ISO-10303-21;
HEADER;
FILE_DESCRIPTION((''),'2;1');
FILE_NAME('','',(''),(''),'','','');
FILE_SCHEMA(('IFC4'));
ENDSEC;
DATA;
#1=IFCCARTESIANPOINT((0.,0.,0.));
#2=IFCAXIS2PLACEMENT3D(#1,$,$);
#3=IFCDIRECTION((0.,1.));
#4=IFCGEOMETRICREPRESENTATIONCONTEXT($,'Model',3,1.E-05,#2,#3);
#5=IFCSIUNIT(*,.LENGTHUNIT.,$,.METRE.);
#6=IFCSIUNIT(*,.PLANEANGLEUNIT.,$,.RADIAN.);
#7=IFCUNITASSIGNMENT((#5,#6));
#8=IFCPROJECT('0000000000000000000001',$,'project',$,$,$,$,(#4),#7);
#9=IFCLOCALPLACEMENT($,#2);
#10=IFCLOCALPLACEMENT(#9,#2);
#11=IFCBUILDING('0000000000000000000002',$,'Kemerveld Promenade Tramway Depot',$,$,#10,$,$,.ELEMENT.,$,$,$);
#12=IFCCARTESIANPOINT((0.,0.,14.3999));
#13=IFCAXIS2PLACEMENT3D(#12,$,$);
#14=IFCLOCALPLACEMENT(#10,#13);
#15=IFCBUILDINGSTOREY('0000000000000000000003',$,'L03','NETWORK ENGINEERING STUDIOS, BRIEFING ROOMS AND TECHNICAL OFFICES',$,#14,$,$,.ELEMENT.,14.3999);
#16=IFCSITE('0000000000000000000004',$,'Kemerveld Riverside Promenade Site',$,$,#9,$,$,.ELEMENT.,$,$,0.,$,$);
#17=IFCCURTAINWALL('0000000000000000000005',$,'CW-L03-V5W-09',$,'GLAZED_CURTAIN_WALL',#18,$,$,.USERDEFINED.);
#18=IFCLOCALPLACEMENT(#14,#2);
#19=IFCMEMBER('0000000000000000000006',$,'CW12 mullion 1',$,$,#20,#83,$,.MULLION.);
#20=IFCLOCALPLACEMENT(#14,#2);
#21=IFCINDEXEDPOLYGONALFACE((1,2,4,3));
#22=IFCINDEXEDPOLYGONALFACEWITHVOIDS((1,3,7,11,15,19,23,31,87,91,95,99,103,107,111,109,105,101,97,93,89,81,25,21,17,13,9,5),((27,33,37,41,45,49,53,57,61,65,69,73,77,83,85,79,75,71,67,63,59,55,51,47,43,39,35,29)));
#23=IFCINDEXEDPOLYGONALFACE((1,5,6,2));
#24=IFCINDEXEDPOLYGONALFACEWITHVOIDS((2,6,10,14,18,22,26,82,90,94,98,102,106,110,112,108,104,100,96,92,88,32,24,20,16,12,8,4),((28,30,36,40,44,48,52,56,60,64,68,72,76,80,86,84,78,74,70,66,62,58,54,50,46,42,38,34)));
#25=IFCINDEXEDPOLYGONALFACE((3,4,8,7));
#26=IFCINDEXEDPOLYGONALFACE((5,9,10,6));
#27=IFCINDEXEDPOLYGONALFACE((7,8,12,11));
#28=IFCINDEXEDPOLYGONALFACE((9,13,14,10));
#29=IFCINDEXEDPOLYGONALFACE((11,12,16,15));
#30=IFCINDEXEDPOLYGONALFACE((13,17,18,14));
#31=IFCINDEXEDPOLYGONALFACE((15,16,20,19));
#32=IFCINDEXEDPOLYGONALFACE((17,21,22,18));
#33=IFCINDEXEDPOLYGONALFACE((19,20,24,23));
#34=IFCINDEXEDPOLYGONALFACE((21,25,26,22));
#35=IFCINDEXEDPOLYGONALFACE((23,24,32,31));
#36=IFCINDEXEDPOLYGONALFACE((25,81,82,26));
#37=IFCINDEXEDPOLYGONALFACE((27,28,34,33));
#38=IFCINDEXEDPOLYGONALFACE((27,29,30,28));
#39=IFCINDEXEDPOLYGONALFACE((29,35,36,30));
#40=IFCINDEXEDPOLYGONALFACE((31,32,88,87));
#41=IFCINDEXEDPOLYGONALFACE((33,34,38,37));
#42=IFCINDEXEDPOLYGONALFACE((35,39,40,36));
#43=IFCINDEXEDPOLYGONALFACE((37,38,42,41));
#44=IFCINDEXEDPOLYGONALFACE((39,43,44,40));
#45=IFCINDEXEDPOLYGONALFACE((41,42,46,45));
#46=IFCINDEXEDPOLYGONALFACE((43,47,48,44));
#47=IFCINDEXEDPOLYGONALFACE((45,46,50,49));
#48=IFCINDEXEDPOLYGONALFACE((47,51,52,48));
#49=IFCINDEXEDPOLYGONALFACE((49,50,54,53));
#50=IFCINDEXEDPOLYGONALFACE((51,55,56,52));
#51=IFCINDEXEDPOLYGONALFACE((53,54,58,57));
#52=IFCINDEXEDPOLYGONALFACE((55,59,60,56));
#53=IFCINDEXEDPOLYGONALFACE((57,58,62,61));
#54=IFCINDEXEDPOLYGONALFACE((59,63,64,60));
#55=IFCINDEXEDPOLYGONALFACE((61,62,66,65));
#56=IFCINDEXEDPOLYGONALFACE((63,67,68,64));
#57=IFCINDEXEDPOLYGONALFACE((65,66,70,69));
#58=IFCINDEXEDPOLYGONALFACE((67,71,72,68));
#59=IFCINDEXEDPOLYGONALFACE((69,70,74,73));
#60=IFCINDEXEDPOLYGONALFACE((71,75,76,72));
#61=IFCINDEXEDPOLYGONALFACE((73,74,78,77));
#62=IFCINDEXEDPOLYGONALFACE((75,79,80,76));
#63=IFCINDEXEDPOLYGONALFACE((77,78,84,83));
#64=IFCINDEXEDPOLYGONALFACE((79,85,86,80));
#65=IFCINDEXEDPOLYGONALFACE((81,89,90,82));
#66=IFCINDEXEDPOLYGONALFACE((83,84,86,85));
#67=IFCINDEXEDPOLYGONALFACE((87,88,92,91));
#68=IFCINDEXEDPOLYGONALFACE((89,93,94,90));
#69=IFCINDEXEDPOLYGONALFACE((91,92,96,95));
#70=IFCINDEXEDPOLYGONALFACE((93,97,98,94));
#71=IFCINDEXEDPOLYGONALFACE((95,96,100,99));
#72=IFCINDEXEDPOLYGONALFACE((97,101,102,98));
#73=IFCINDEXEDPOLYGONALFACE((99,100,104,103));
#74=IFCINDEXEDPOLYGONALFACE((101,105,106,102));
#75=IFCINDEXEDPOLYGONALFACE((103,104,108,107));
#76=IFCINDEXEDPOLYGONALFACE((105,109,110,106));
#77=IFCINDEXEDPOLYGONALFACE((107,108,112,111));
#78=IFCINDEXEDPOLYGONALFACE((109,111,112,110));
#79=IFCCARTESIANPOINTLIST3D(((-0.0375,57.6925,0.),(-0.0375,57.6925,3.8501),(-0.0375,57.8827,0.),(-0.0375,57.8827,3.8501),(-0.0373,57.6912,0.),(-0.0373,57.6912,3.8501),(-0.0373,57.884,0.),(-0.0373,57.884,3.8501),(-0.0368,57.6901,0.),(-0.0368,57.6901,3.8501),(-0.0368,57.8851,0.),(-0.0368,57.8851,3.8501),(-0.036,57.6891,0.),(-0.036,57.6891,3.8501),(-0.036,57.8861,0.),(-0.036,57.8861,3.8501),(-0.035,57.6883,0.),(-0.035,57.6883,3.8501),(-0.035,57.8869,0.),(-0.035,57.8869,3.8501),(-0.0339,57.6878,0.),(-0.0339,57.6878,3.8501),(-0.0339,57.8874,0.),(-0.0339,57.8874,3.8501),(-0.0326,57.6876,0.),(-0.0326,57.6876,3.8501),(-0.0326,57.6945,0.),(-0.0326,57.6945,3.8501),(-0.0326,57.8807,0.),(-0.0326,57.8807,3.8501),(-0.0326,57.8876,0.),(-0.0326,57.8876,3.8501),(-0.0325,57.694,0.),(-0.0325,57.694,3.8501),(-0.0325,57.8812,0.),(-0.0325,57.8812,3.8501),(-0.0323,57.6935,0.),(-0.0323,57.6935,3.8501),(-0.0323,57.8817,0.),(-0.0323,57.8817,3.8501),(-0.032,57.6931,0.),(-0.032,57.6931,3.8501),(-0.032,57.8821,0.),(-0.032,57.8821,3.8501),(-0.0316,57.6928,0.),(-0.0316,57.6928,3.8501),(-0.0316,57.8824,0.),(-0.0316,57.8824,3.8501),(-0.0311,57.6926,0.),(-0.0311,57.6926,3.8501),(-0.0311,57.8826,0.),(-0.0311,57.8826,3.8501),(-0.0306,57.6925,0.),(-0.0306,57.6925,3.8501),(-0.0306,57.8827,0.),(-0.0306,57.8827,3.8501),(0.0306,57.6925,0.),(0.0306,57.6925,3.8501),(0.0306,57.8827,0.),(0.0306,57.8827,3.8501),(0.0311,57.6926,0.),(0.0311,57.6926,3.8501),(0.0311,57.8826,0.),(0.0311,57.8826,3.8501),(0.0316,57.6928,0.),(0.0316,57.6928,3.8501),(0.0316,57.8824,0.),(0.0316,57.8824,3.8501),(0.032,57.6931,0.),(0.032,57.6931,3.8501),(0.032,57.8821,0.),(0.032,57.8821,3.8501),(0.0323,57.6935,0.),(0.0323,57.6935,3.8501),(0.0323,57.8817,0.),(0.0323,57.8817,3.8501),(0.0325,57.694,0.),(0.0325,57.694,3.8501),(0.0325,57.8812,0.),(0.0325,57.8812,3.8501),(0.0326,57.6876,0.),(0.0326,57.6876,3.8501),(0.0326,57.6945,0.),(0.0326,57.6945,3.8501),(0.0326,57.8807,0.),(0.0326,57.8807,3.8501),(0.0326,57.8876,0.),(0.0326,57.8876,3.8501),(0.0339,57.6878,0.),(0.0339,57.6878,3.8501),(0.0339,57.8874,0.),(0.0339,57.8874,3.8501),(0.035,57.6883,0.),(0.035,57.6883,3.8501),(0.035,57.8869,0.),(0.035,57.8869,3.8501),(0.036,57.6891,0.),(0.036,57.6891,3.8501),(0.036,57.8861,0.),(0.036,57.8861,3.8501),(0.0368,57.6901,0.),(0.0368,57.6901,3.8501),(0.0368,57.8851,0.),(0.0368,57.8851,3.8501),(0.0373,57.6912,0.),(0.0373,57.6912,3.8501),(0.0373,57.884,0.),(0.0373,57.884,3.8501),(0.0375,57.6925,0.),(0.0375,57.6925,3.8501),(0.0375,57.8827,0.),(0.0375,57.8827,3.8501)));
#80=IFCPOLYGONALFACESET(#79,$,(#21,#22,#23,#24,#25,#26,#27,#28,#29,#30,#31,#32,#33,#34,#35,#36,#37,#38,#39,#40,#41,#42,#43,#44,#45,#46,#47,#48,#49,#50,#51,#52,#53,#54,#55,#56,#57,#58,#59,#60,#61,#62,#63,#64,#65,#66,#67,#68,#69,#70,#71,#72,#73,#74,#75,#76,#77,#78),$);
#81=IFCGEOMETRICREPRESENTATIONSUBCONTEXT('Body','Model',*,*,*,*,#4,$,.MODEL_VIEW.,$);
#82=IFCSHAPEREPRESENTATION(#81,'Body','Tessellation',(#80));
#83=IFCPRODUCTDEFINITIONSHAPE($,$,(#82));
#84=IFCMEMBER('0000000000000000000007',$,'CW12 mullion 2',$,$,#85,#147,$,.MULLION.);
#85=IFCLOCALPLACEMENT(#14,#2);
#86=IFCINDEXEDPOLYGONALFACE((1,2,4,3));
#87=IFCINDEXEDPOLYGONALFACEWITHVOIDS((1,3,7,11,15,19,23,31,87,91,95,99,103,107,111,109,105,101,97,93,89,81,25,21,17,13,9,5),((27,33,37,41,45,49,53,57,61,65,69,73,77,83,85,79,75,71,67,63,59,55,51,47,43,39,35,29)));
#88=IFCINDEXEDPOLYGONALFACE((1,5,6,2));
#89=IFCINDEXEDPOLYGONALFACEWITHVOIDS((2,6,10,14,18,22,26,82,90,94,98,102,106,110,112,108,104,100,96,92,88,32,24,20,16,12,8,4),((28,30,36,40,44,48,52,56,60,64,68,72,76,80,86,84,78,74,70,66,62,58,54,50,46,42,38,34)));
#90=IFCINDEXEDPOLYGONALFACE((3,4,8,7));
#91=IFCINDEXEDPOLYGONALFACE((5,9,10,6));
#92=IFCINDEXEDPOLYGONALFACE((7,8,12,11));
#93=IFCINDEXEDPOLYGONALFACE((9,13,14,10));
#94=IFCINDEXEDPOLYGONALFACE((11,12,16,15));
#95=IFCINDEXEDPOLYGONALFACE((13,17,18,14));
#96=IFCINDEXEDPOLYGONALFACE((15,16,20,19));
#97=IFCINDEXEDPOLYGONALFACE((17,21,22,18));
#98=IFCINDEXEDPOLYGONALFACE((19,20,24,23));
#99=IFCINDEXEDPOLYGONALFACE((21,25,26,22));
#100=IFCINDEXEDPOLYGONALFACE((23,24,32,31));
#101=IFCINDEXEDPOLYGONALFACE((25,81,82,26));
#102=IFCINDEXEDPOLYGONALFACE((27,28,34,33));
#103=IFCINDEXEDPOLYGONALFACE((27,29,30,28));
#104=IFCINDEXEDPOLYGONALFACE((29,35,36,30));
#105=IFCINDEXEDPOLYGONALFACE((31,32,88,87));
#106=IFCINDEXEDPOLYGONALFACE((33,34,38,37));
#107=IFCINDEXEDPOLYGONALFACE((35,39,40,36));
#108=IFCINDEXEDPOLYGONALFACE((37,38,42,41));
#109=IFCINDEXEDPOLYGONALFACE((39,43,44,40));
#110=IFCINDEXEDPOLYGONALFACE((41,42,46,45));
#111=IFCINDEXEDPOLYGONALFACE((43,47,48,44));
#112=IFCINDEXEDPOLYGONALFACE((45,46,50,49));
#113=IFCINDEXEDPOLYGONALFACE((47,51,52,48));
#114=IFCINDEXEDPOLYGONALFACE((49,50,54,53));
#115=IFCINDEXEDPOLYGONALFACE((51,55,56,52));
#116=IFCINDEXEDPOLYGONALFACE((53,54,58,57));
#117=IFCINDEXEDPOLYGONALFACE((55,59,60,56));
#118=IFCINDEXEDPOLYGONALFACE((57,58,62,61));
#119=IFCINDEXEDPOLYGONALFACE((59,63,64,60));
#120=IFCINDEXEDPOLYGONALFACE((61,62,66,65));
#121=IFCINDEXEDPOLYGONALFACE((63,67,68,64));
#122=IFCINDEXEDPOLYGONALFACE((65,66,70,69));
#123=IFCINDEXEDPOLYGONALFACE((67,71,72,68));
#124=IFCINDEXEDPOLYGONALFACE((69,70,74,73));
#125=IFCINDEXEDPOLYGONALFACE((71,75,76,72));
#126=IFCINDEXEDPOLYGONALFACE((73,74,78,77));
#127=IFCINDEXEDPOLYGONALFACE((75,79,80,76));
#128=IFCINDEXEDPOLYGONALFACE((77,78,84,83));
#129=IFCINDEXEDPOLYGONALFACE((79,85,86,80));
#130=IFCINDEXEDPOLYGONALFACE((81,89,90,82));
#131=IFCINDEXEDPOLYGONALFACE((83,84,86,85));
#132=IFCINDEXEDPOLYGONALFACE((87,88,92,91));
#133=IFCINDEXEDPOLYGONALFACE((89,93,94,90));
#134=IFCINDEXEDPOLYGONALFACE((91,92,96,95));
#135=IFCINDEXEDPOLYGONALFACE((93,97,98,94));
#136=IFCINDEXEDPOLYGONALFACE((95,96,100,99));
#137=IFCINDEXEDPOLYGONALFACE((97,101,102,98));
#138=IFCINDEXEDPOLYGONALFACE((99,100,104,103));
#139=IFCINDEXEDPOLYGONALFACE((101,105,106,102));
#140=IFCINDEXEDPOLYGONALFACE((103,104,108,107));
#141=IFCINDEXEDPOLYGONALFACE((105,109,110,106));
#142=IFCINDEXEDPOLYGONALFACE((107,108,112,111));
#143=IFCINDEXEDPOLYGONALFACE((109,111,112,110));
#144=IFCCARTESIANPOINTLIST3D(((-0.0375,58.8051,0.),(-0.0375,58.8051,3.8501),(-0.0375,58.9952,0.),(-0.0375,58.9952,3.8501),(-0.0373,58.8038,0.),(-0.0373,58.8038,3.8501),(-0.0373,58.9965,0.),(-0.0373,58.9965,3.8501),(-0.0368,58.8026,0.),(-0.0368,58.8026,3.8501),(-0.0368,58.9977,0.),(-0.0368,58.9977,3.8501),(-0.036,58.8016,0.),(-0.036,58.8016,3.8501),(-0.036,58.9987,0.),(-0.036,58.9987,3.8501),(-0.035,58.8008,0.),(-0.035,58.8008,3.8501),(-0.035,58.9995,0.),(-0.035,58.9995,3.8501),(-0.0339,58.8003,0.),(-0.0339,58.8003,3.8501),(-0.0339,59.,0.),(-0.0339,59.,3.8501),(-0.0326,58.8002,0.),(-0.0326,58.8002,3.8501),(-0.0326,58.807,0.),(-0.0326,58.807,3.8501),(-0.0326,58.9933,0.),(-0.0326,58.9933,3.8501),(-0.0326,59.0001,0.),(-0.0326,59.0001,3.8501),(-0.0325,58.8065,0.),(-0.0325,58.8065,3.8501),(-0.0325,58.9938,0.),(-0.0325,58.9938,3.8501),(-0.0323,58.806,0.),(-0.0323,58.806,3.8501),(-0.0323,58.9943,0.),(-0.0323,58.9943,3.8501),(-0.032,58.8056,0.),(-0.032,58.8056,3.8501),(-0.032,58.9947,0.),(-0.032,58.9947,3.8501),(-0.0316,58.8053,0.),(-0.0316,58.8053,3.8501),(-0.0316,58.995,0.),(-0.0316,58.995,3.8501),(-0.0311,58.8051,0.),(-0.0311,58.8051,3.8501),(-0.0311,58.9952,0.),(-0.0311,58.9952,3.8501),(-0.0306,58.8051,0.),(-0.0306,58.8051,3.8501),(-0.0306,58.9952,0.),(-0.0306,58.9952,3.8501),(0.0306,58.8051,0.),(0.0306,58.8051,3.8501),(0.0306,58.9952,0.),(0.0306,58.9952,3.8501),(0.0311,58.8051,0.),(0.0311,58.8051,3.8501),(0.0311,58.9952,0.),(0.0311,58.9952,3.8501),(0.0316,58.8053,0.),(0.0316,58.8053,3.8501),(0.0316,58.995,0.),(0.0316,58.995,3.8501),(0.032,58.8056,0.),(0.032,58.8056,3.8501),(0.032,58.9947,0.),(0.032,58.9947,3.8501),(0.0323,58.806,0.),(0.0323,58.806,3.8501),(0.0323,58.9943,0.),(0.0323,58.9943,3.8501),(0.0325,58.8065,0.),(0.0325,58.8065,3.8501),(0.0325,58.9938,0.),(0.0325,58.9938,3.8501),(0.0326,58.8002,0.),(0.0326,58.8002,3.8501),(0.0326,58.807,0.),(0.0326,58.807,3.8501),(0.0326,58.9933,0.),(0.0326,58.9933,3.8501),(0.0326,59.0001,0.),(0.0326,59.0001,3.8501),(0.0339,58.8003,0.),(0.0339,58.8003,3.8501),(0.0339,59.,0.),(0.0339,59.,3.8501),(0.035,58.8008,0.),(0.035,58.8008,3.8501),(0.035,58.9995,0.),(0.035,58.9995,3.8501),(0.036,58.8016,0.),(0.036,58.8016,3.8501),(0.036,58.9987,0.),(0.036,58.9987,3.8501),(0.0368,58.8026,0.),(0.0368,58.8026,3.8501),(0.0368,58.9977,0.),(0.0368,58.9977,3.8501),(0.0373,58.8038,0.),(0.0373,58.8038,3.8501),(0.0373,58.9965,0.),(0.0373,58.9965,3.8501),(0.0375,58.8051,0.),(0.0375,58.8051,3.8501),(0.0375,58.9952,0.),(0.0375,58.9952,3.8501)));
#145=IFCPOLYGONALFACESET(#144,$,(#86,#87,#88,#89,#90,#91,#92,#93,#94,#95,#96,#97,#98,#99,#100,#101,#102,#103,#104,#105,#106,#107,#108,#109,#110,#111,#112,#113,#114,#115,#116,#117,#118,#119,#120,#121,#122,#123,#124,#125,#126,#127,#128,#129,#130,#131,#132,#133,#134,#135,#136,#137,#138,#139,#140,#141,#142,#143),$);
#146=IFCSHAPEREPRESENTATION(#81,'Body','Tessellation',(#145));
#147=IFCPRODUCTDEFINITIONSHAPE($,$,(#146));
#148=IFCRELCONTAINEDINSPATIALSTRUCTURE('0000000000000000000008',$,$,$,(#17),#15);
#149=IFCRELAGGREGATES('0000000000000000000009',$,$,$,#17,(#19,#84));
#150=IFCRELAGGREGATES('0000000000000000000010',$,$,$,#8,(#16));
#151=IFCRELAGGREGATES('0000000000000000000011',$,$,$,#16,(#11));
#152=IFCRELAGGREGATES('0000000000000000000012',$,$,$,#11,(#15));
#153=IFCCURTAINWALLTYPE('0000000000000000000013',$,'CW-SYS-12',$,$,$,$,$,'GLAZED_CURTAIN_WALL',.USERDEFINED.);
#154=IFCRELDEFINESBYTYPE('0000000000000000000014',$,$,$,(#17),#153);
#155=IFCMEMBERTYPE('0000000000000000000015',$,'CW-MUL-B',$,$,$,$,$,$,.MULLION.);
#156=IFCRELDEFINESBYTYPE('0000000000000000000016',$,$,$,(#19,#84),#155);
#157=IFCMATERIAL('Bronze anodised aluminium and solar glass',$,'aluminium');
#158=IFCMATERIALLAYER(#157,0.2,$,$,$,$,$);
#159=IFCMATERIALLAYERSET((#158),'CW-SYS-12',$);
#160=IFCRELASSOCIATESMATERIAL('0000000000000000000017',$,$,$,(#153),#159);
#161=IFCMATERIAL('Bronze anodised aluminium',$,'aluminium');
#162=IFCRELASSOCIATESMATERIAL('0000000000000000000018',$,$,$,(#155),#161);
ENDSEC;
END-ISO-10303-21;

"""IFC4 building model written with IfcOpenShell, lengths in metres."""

from ifc_helpers import new_model, si_unit, direction, frame, origin, origin_2d, place, context, subcontext, project, spatial, hollow_rectangle, extrude, material, layer, layer_set, material_profile, profile_set, type_object, element, aggregate, save


model = new_model("IFC4")

# Units and contexts
model_context = context("Model", 3, precision=1e-05, world=origin(), true_north=direction((0.0, 1.0)))
body_context = subcontext(model_context, "Body", "Model", "MODEL_VIEW")
ifc_project = project(units=[si_unit("LENGTHUNIT", "METRE"), si_unit("PLANEANGLEUNIT", "RADIAN")], contexts=[model_context])

# Site, building, storey
site_placement = place(None, origin())
site = spatial("IfcSite", under=ifc_project, at=site_placement, Name="Kemerveld Riverside Promenade Site", CompositionType="ELEMENT", RefElevation=0.0)
building_placement = place(site_placement, origin())
building = spatial("IfcBuilding", under=site, at=building_placement, Name="Kemerveld Promenade Tramway Depot", CompositionType="ELEMENT")
storey_placement = place(building_placement, frame((0.0, 0.0, 14.3999)))
storey = spatial("IfcBuildingStorey", under=building, at=storey_placement, Name="L03", Description="NETWORK ENGINEERING STUDIOS, BRIEFING ROOMS AND TECHNICAL OFFICES", CompositionType="ELEMENT", Elevation=14.3999)

# Curtain wall, members
ifc_material_1 = material(Name="Bronze anodised aluminium and solar glass", Category="aluminium")
ifc_layer_1 = layer(ifc_material_1, 0.2)
ifc_layer_set_1 = layer_set([ifc_layer_1], Name="CW-SYS-12")
curtain_wall_type = type_object("IfcCurtainWallType", Name="CW-SYS-12", ElementType="GLAZED_CURTAIN_WALL", PredefinedType="USERDEFINED", material=ifc_layer_set_1)
curtain_wall_placement = place(storey_placement, origin())
curtain_wall = element("IfcCurtainWall", 1, at=curtain_wall_placement, inside=storey, type_object=curtain_wall_type, Name="CW-L03-V5W-09", ObjectType="GLAZED_CURTAIN_WALL", PredefinedType="USERDEFINED")
ifc_material_2 = material(Name="Bronze anodised aluminium", Category="aluminium")
ifc_material_profile_1 = material_profile(ifc_material_2, hollow_rectangle(XDim=0.075, YDim=0.2, WallThickness=0.0049, InnerFilletRadius=0.002, OuterFilletRadius=0.0049, at=origin_2d()), Name="CW-MUL-200x75")
ifc_profile_set_1 = profile_set([ifc_material_profile_1], Name="Bronze anodised aluminium")
member_type_1 = type_object("IfcMemberType", Name="CW-MUL-B", PredefinedType="MULLION", material=ifc_profile_set_1)
member_1_placement = place(storey_placement, frame((0.0, 57.7876, 0.0), z_axis=(0.0, 0.0, 1.0), x_axis=(-1.0, 0.0, 0.0)))
member_1 = element("IfcMember", 2, at=member_1_placement, type_object=member_type_1, Name="CW12 mullion 1", PredefinedType="MULLION", context=body_context, shape_type="SweptSolid", body=[
    extrude(hollow_rectangle(XDim=0.075, YDim=0.2, WallThickness=0.0049, InnerFilletRadius=0.002, OuterFilletRadius=0.0049, at=origin_2d()), origin(), (0.0, 0.0, 1.0), 3.8501),
])
member_2_placement = place(storey_placement, frame((0.0, 58.9001, 0.0), z_axis=(0.0, 0.0, 1.0), x_axis=(-1.0, 0.0, 0.0)))
member_2 = element("IfcMember", 3, at=member_2_placement, type_object=member_type_1, Name="CW12 mullion 2", PredefinedType="MULLION", context=body_context, shape_type="SweptSolid", body=[
    extrude(hollow_rectangle(XDim=0.075, YDim=0.2, WallThickness=0.0049, InnerFilletRadius=0.002, OuterFilletRadius=0.0049, at=origin_2d()), origin(), (0.0, 0.0, 1.0), 3.8501),
])
aggregate(curtain_wall, [member_1, member_2])

save(model, "model.ifc")
